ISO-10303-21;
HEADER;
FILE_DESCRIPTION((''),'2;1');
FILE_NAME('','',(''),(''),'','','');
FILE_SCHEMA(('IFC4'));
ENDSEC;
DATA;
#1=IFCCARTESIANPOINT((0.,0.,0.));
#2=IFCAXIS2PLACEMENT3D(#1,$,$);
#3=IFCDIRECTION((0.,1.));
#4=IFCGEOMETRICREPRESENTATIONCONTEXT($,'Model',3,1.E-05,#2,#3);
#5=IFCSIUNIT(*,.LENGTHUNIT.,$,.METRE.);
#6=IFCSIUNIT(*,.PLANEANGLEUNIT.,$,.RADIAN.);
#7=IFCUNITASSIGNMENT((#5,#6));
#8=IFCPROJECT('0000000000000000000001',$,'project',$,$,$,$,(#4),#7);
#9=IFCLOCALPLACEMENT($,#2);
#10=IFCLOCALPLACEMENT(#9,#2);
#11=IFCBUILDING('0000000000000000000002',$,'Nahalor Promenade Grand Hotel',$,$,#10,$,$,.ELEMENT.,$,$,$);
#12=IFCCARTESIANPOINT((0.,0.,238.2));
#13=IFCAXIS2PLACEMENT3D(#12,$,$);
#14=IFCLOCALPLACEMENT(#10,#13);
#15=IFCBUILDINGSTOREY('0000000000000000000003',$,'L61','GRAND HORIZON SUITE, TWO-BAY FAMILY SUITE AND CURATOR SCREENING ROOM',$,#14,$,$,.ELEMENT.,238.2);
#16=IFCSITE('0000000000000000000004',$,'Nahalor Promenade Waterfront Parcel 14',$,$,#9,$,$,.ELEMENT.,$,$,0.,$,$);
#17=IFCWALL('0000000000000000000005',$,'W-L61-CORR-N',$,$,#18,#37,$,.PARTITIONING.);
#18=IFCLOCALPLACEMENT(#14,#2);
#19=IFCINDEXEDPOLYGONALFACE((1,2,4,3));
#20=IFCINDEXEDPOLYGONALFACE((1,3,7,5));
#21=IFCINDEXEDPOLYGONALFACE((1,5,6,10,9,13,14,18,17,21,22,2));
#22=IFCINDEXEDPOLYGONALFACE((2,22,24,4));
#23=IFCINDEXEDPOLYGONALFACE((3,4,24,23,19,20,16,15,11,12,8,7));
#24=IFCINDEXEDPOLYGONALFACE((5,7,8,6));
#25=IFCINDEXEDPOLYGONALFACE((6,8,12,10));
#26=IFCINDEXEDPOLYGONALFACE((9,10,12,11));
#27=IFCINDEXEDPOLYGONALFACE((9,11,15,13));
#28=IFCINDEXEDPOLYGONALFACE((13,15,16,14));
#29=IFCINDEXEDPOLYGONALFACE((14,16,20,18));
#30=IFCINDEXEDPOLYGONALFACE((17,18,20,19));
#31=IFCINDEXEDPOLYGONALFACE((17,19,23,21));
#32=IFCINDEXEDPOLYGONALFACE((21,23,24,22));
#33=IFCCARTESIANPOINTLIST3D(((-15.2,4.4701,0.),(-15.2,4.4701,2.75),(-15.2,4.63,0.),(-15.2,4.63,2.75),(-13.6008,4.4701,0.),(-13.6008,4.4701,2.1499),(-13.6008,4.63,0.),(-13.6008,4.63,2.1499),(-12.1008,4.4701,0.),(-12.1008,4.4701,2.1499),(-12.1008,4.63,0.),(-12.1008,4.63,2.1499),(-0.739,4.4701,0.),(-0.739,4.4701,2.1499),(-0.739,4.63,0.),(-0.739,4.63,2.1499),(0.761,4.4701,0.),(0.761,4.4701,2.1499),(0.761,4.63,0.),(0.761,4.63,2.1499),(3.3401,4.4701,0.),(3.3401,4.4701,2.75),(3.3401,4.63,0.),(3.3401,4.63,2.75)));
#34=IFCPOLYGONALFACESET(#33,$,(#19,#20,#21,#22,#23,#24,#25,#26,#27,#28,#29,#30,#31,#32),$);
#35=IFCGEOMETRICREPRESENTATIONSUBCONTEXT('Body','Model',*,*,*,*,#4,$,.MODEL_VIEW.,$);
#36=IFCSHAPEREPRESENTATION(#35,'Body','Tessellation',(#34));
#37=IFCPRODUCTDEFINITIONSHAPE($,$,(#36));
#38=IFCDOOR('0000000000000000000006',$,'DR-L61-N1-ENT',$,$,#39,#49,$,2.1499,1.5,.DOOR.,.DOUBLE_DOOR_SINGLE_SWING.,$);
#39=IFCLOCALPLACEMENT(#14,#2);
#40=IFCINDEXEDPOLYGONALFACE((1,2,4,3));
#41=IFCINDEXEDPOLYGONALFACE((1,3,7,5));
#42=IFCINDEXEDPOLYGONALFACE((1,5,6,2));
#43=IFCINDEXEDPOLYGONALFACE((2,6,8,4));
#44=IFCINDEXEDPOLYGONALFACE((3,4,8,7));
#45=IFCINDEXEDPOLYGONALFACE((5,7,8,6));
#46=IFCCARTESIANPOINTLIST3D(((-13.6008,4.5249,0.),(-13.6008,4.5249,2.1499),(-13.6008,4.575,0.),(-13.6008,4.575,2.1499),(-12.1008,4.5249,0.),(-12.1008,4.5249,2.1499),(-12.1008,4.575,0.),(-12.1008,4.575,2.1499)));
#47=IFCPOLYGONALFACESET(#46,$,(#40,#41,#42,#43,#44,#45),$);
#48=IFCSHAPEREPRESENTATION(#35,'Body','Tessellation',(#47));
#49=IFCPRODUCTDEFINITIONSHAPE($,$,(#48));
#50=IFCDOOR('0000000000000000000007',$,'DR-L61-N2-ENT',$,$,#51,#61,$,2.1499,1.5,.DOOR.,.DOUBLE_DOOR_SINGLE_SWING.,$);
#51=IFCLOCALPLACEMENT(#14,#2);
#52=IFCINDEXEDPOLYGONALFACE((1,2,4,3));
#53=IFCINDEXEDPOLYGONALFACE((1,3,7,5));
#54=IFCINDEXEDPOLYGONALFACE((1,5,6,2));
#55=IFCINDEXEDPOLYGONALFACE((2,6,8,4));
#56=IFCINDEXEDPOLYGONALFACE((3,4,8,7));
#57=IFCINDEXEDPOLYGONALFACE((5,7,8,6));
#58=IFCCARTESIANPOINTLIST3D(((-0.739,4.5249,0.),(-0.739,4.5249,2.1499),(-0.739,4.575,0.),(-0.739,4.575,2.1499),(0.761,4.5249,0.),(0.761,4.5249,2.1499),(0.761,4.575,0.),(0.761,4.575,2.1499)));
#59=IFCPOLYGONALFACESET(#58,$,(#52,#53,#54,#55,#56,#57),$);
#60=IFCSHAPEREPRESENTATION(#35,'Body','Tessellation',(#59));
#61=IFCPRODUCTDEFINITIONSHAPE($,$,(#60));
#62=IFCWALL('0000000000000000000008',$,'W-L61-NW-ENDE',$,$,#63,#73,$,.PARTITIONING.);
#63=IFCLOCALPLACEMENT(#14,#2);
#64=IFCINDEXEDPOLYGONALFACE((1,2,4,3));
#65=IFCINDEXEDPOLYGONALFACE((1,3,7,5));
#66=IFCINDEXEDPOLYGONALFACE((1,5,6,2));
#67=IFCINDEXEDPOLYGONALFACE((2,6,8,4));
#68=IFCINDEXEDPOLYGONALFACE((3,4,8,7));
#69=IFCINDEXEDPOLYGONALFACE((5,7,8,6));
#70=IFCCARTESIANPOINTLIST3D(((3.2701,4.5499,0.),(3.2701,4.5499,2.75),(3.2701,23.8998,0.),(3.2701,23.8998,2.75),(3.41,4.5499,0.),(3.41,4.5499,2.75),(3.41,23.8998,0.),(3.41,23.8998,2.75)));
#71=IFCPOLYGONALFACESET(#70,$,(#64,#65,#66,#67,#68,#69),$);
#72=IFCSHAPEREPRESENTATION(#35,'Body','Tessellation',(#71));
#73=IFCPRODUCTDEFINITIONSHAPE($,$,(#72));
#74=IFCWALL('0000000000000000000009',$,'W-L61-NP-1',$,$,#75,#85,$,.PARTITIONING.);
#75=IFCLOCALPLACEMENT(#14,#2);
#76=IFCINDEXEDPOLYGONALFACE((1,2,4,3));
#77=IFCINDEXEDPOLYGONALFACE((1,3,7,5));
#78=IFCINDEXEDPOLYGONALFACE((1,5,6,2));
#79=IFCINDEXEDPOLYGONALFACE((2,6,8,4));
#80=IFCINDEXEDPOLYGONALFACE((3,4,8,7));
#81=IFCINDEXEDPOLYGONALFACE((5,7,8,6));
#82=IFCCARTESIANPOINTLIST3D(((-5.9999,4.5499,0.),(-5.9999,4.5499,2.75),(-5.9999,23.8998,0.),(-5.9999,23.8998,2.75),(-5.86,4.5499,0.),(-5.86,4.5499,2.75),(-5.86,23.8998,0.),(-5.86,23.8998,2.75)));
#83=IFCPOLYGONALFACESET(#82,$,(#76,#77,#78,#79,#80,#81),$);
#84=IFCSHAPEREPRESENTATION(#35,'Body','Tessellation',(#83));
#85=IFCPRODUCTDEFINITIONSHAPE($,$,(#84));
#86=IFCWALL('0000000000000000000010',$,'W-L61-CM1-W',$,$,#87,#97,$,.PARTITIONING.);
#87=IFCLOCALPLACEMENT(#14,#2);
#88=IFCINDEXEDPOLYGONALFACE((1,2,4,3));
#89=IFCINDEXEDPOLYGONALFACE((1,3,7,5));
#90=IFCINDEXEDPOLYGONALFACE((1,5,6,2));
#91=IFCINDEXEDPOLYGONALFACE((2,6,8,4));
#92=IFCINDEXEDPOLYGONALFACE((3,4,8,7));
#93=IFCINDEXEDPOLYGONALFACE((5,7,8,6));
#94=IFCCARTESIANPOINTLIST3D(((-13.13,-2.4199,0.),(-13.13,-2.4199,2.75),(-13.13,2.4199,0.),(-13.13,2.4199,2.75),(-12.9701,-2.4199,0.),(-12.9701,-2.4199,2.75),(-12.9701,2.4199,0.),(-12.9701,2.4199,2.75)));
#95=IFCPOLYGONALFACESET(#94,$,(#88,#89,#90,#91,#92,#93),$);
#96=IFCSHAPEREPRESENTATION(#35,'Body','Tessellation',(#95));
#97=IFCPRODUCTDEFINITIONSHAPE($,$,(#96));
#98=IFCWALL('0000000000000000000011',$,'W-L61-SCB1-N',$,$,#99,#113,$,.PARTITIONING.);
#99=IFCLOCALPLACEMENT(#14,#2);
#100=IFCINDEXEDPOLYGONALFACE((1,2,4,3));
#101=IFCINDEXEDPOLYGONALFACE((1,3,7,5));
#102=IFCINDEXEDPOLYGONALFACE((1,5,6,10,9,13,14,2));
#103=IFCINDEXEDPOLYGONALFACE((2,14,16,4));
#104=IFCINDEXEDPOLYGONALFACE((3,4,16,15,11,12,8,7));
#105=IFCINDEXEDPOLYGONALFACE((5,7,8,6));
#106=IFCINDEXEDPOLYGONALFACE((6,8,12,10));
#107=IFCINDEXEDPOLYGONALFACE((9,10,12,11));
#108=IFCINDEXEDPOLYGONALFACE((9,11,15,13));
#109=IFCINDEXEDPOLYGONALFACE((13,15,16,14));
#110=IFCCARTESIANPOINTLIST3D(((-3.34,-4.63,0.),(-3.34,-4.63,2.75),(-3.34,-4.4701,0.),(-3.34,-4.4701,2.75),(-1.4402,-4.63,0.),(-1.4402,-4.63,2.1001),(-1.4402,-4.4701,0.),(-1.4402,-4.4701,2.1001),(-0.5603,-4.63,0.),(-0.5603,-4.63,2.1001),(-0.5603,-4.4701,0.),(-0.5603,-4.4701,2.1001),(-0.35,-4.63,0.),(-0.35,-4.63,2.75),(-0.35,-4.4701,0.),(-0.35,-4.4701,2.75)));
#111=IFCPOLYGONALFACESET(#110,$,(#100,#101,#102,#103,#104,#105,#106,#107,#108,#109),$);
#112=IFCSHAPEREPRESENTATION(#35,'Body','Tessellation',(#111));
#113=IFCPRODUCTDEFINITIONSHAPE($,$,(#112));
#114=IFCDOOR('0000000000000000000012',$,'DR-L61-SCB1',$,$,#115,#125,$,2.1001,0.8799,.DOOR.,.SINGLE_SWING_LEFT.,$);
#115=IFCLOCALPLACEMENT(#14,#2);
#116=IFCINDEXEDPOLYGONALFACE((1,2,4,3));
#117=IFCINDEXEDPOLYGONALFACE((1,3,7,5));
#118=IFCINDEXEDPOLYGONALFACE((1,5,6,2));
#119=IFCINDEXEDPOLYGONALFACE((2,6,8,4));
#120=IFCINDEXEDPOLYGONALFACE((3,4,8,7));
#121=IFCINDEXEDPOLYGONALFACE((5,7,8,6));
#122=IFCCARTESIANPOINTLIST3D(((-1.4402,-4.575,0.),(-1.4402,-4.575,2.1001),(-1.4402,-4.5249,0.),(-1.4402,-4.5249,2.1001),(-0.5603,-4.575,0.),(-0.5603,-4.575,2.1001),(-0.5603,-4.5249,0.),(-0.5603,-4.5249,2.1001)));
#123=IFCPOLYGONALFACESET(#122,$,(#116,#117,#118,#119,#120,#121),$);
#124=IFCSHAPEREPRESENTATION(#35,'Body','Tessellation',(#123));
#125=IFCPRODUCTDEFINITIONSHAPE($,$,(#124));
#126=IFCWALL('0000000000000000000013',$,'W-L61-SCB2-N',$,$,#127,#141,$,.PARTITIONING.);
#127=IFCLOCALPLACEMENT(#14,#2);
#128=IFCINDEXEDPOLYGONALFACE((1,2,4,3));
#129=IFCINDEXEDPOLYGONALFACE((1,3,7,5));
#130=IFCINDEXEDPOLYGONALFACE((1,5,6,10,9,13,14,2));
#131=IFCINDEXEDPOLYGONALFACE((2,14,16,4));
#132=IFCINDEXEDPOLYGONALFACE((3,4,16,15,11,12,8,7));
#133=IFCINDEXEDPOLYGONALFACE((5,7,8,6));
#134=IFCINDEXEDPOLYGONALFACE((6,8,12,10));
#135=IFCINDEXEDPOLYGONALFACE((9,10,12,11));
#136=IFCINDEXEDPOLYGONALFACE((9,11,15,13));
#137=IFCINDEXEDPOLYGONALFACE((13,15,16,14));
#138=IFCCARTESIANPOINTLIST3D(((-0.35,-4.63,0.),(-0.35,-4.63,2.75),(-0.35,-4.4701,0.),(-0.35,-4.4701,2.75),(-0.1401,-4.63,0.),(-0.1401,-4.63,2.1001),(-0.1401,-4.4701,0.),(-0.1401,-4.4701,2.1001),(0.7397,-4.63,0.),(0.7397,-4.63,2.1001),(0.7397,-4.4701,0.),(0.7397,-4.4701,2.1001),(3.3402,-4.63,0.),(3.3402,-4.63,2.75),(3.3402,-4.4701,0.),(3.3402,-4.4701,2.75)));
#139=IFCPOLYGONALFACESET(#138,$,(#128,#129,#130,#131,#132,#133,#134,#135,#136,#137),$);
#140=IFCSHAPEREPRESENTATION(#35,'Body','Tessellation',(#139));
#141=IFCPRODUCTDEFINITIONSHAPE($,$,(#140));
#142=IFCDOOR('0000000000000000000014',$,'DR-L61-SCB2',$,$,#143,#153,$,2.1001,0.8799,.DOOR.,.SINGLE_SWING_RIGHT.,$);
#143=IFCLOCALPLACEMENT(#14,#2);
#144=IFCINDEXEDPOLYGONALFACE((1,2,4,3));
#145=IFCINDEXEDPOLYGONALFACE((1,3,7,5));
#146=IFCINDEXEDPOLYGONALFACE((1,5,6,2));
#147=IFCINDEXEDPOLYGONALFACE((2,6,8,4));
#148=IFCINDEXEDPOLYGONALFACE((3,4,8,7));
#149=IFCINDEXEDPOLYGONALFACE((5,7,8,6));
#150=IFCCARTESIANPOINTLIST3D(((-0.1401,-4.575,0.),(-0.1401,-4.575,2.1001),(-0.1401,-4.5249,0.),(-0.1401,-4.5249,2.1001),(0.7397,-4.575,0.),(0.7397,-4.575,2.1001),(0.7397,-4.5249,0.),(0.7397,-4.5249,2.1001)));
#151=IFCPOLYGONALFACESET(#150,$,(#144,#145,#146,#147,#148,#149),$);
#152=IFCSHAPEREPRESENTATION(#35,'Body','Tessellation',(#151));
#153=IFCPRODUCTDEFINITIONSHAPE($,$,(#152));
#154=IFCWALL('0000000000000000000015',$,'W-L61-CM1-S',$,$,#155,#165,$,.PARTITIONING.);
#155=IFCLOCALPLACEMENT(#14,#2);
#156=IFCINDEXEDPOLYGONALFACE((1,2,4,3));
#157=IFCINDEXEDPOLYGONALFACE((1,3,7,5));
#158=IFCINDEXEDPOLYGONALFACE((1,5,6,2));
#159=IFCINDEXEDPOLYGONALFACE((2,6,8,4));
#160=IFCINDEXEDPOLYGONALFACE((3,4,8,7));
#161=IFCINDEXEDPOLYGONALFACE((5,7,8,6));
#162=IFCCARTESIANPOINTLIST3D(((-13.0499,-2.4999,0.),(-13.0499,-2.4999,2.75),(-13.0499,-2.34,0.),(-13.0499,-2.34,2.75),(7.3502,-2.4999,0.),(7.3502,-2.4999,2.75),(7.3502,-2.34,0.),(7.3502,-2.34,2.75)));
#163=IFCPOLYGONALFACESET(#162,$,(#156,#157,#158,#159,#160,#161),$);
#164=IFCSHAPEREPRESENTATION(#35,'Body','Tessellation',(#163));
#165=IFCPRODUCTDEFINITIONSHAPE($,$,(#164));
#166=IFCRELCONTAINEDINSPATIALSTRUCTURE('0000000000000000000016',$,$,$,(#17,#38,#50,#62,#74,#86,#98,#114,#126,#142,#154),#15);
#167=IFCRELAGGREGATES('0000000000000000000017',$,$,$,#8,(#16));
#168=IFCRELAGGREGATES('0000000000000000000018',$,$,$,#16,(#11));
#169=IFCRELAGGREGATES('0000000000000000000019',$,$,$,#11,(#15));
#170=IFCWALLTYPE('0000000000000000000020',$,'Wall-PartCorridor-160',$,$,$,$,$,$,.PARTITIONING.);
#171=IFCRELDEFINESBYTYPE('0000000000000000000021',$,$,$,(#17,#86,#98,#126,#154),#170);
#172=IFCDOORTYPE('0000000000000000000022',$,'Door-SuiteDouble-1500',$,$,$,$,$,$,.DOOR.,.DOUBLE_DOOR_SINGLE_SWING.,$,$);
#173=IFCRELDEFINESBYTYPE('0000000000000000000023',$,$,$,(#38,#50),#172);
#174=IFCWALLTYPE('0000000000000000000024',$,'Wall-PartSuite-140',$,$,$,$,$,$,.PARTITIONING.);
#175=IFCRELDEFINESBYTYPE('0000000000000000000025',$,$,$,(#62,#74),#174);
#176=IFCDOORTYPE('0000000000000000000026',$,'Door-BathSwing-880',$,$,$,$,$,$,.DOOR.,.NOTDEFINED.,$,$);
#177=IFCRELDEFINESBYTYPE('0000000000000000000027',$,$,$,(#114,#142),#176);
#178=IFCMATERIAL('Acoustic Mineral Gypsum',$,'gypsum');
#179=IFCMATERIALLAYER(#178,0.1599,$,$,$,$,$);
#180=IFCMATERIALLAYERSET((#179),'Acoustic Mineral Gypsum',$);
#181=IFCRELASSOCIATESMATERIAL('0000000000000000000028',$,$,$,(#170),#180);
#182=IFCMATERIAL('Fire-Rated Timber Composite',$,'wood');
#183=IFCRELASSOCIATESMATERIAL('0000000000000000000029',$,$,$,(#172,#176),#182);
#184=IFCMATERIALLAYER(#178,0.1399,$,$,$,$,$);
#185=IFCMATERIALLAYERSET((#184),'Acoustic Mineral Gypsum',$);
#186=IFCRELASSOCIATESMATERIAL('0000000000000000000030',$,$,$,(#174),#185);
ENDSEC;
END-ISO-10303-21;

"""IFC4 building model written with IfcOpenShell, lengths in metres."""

from ifc_helpers import new_model, si_unit, direction, frame, frame_2d, origin, place, context, subcontext, project, spatial, rectangle, extrude, source, transform, mapped, material, layer, layer_set, type_object, element, fill, save


model = new_model("IFC4")

# Units and contexts
model_context = context("Model", 3, precision=1e-05, world=origin(), true_north=direction((0.0, 1.0)))
body_context = subcontext(model_context, "Body", "Model", "MODEL_VIEW")
ifc_project = project(units=[si_unit("LENGTHUNIT", "METRE"), si_unit("PLANEANGLEUNIT", "RADIAN")], contexts=[model_context])

# Site, building, storey
site_placement = place(None, origin())
site = spatial("IfcSite", under=ifc_project, at=site_placement, Name="Nahalor Promenade Waterfront Parcel 14", CompositionType="ELEMENT", RefElevation=0.0)
building_placement = place(site_placement, origin())
building = spatial("IfcBuilding", under=site, at=building_placement, Name="Nahalor Promenade Grand Hotel", CompositionType="ELEMENT")
storey_placement = place(building_placement, frame((0.0, 0.0, 238.2)))
storey = spatial("IfcBuildingStorey", under=building, at=storey_placement, Name="L61", Description="GRAND HORIZON SUITE, TWO-BAY FAMILY SUITE AND CURATOR SCREENING ROOM", CompositionType="ELEMENT", Elevation=238.2)

# Shared definitions
ifc_material_1 = material(Name="Acoustic Mineral Gypsum", Category="gypsum")
ifc_layer_1 = layer(ifc_material_1, 0.1599)
ifc_layer_set_1 = layer_set([ifc_layer_1], Name="Acoustic Mineral Gypsum")
wall_type_1 = type_object("IfcWallType", Name="Wall-PartCorridor-160", PredefinedType="PARTITIONING", material=ifc_layer_set_1)
ifc_material_2 = material(Name="Fire-Rated Timber Composite", Category="wood")

# Wall, openings, doors
shared_shape_1 = source(origin(), body_context, "Body", "SweptSolid", [
    extrude(rectangle(XDim=18.54, YDim=0.1599, at=frame_2d((9.27, 0.0))), origin(), (0.0, 0.0, 1.0), 2.75),
])
wall_1_placement = place(storey_placement, frame((-15.2, 4.55, 0.0), z_axis=(0.0, 0.0, 1.0), x_axis=(1.0, 0.0, 0.0)))
wall_1 = element("IfcWall", 1, at=wall_1_placement, inside=storey, type_object=wall_type_1, Name="W-L61-CORR-N", PredefinedType="PARTITIONING", context=body_context, shape_type="MappedRepresentation", body=[
    mapped(shared_shape_1, transform((0.0, 0.0, 0.0), scale=1.0)),
])
opening_1_placement = place(wall_1_placement, frame((1.5991, 0.0, 0.0)))
opening_1 = element("IfcOpeningElement", 2, at=opening_1_placement, cuts=wall_1, PredefinedType="OPENING", context=body_context, shape_type="SweptSolid", body=[
    extrude(rectangle(XDim=1.5, YDim=2.1499, at=frame_2d((0.75, 1.075))), frame((0.0, 0.0898, 0.0), z_axis=(0.0, -1.0, 0.0), x_axis=(1.0, 0.0, 0.0)), (0.0, 0.0, 1.0), 0.1799),
])
opening_2_placement = place(wall_1_placement, frame((14.4609, 0.0, 0.0)))
opening_2 = element("IfcOpeningElement", 3, at=opening_2_placement, cuts=wall_1, PredefinedType="OPENING", context=body_context, shape_type="SweptSolid", body=[
    extrude(rectangle(XDim=1.5, YDim=2.1499, at=frame_2d((0.75, 1.075))), frame((0.0, 0.0898, 0.0), z_axis=(0.0, -1.0, 0.0), x_axis=(1.0, 0.0, 0.0)), (0.0, 0.0, 1.0), 0.1799),
])
door_type_1 = type_object("IfcDoorType", Name="Door-SuiteDouble-1500", OperationType="DOUBLE_DOOR_SINGLE_SWING", PredefinedType="DOOR", material=ifc_material_2)
shared_shape_2 = source(origin(), body_context, "Body", "SweptSolid", [
    extrude(rectangle(XDim=1.5, YDim=2.1499, at=frame_2d((0.75, 1.075))), frame((0.0, 0.0249, 0.0), z_axis=(0.0, -1.0, 0.0), x_axis=(1.0, 0.0, 0.0)), (0.0, 0.0, 1.0), 0.05),
])
door_1_placement = place(opening_1_placement, origin())
door_1 = element("IfcDoor", 4, at=door_1_placement, inside=storey, type_object=door_type_1, Name="DR-L61-N1-ENT", OperationType="DOUBLE_DOOR_SINGLE_SWING", OverallHeight=2.1499, OverallWidth=1.5, PredefinedType="DOOR", context=body_context, shape_type="MappedRepresentation", body=[
    mapped(shared_shape_2, transform((0.0, 0.0, 0.0), scale=1.0)),
])
fill(opening_1, door_1)
door_2_placement = place(opening_2_placement, origin())
door_2 = element("IfcDoor", 5, at=door_2_placement, inside=storey, type_object=door_type_1, Name="DR-L61-N2-ENT", OperationType="DOUBLE_DOOR_SINGLE_SWING", OverallHeight=2.1499, OverallWidth=1.5, PredefinedType="DOOR", context=body_context, shape_type="MappedRepresentation", body=[
    mapped(shared_shape_2, transform((0.0, 0.0, 0.0), scale=1.0)),
])
fill(opening_2, door_2)

# Walls
ifc_layer_2 = layer(ifc_material_1, 0.1399)
ifc_layer_set_2 = layer_set([ifc_layer_2], Name="Acoustic Mineral Gypsum")
wall_type_2 = type_object("IfcWallType", Name="Wall-PartSuite-140", PredefinedType="PARTITIONING", material=ifc_layer_set_2)
shared_shape_3 = source(origin(), body_context, "Body", "SweptSolid", [
    extrude(rectangle(XDim=19.3499, YDim=0.1399, at=frame_2d((9.6748, 0.0))), origin(), (0.0, 0.0, 1.0), 2.75),
])
for number, where, z_axis, x_axis, name in (
    (6, (3.3401, 4.55, 0.0), (0.0, 0.0, 1.0), (0.0, 1.0, 0.0), "W-L61-NW-ENDE"),
    (7, (-5.9299, 4.55, 0.0), (0.0, 0.0, 1.0), (0.0, 1.0, 0.0), "W-L61-NP-1"),
):
    element("IfcWall", number, at=place(storey_placement, frame(where, z_axis=z_axis, x_axis=x_axis)), inside=storey, type_object=wall_type_2, Name=name, PredefinedType="PARTITIONING", context=body_context, shape_type="MappedRepresentation", body=[
        mapped(shared_shape_3, transform((0.0, 0.0, 0.0), scale=1.0)),
    ])
shared_shape_4 = source(origin(), body_context, "Body", "SweptSolid", [
    extrude(rectangle(XDim=4.8398, YDim=0.1599, at=frame_2d((2.4199, 0.0))), origin(), (0.0, 0.0, 1.0), 2.75),
])
wall_2_placement = place(storey_placement, frame((-13.05, -2.4199, 0.0), z_axis=(0.0, 0.0, 1.0), x_axis=(0.0, 1.0, 0.0)))
element("IfcWall", 8, at=wall_2_placement, inside=storey, type_object=wall_type_1, Name="W-L61-CM1-W", PredefinedType="PARTITIONING", context=body_context, shape_type="MappedRepresentation", body=[
    mapped(shared_shape_4, transform((0.0, 0.0, 0.0), scale=1.0)),
])

# Walls, openings, doors
shared_shape_5 = source(origin(), body_context, "Body", "SweptSolid", [
    extrude(rectangle(XDim=2.99, YDim=0.1599, at=frame_2d((1.4951, 0.0))), origin(), (0.0, 0.0, 1.0), 2.75),
])
wall_3_placement = place(storey_placement, frame((-3.3401, -4.55, 0.0), z_axis=(0.0, 0.0, 1.0), x_axis=(1.0, 0.0, 0.0)))
wall_3 = element("IfcWall", 9, at=wall_3_placement, inside=storey, type_object=wall_type_1, Name="W-L61-SCB1-N", PredefinedType="PARTITIONING", context=body_context, shape_type="MappedRepresentation", body=[
    mapped(shared_shape_5, transform((0.0, 0.0, 0.0), scale=1.0)),
])
opening_3_placement = place(wall_3_placement, frame((1.8999, 0.0, 0.0)))
opening_3 = element("IfcOpeningElement", 10, at=opening_3_placement, cuts=wall_3, PredefinedType="OPENING", context=body_context, shape_type="SweptSolid", body=[
    extrude(rectangle(XDim=0.8799, YDim=2.1001, at=frame_2d((0.4399, 1.05))), frame((0.0, 0.0898, 0.0), z_axis=(0.0, -1.0, 0.0), x_axis=(1.0, 0.0, 0.0)), (0.0, 0.0, 1.0), 0.1799),
])
door_type_2 = type_object("IfcDoorType", Name="Door-BathSwing-880", OperationType="NOTDEFINED", PredefinedType="DOOR", material=ifc_material_2)
shared_shape_6 = source(origin(), body_context, "Body", "SweptSolid", [
    extrude(rectangle(XDim=0.8799, YDim=2.1001, at=frame_2d((0.4399, 1.05))), frame((0.0, 0.0249, 0.0), z_axis=(0.0, -1.0, 0.0), x_axis=(1.0, 0.0, 0.0)), (0.0, 0.0, 1.0), 0.05),
])
door_3_placement = place(opening_3_placement, frame((0.8799, 0.0, 0.0), z_axis=(0.0, 0.0, 1.0), x_axis=(-1.0, 0.0, 0.0)))
door_3 = element("IfcDoor", 11, at=door_3_placement, inside=storey, type_object=door_type_2, Name="DR-L61-SCB1", OperationType="SINGLE_SWING_LEFT", OverallHeight=2.1001, OverallWidth=0.8799, PredefinedType="DOOR", context=body_context, shape_type="MappedRepresentation", body=[
    mapped(shared_shape_6, transform((0.0, 0.0, 0.0), scale=1.0)),
])
fill(opening_3, door_3)
shared_shape_7 = source(origin(), body_context, "Body", "SweptSolid", [
    extrude(rectangle(XDim=3.6902, YDim=0.1599, at=frame_2d((1.8452, 0.0))), origin(), (0.0, 0.0, 1.0), 2.75),
])
wall_4_placement = place(storey_placement, frame((-0.3501, -4.55, 0.0), z_axis=(0.0, 0.0, 1.0), x_axis=(1.0, 0.0, 0.0)))
wall_4 = element("IfcWall", 12, at=wall_4_placement, inside=storey, type_object=wall_type_1, Name="W-L61-SCB2-N", PredefinedType="PARTITIONING", context=body_context, shape_type="MappedRepresentation", body=[
    mapped(shared_shape_7, transform((0.0, 0.0, 0.0), scale=1.0)),
])
opening_4_placement = place(wall_4_placement, frame((0.21, 0.0, 0.0)))
opening_4 = element("IfcOpeningElement", 13, at=opening_4_placement, cuts=wall_4, PredefinedType="OPENING", context=body_context, shape_type="SweptSolid", body=[
    extrude(rectangle(XDim=0.8799, YDim=2.1001, at=frame_2d((0.4399, 1.05))), frame((0.0, 0.0898, 0.0), z_axis=(0.0, -1.0, 0.0), x_axis=(1.0, 0.0, 0.0)), (0.0, 0.0, 1.0), 0.1799),
])
door_4_placement = place(opening_4_placement, frame((0.8799, 0.0, 0.0), z_axis=(0.0, 0.0, 1.0), x_axis=(-1.0, 0.0, 0.0)))
door_4 = element("IfcDoor", 14, at=door_4_placement, inside=storey, type_object=door_type_2, Name="DR-L61-SCB2", OperationType="SINGLE_SWING_RIGHT", OverallHeight=2.1001, OverallWidth=0.8799, PredefinedType="DOOR", context=body_context, shape_type="MappedRepresentation", body=[
    mapped(shared_shape_6, transform((0.0, 0.0, 0.0), scale=1.0)),
])
fill(opening_4, door_4)

# Wall
shared_shape_8 = source(origin(), body_context, "Body", "SweptSolid", [
    extrude(rectangle(XDim=20.4001, YDim=0.1599, at=frame_2d((10.2002, 0.0))), origin(), (0.0, 0.0, 1.0), 2.75),
])
wall_5_placement = place(storey_placement, frame((-13.05, -2.4199, 0.0), z_axis=(0.0, 0.0, 1.0), x_axis=(1.0, 0.0, 0.0)))
element("IfcWall", 15, at=wall_5_placement, inside=storey, type_object=wall_type_1, Name="W-L61-CM1-S", PredefinedType="PARTITIONING", context=body_context, shape_type="MappedRepresentation", body=[
    mapped(shared_shape_8, transform((0.0, 0.0, 0.0), scale=1.0)),
])

save(model, "model.ifc")
